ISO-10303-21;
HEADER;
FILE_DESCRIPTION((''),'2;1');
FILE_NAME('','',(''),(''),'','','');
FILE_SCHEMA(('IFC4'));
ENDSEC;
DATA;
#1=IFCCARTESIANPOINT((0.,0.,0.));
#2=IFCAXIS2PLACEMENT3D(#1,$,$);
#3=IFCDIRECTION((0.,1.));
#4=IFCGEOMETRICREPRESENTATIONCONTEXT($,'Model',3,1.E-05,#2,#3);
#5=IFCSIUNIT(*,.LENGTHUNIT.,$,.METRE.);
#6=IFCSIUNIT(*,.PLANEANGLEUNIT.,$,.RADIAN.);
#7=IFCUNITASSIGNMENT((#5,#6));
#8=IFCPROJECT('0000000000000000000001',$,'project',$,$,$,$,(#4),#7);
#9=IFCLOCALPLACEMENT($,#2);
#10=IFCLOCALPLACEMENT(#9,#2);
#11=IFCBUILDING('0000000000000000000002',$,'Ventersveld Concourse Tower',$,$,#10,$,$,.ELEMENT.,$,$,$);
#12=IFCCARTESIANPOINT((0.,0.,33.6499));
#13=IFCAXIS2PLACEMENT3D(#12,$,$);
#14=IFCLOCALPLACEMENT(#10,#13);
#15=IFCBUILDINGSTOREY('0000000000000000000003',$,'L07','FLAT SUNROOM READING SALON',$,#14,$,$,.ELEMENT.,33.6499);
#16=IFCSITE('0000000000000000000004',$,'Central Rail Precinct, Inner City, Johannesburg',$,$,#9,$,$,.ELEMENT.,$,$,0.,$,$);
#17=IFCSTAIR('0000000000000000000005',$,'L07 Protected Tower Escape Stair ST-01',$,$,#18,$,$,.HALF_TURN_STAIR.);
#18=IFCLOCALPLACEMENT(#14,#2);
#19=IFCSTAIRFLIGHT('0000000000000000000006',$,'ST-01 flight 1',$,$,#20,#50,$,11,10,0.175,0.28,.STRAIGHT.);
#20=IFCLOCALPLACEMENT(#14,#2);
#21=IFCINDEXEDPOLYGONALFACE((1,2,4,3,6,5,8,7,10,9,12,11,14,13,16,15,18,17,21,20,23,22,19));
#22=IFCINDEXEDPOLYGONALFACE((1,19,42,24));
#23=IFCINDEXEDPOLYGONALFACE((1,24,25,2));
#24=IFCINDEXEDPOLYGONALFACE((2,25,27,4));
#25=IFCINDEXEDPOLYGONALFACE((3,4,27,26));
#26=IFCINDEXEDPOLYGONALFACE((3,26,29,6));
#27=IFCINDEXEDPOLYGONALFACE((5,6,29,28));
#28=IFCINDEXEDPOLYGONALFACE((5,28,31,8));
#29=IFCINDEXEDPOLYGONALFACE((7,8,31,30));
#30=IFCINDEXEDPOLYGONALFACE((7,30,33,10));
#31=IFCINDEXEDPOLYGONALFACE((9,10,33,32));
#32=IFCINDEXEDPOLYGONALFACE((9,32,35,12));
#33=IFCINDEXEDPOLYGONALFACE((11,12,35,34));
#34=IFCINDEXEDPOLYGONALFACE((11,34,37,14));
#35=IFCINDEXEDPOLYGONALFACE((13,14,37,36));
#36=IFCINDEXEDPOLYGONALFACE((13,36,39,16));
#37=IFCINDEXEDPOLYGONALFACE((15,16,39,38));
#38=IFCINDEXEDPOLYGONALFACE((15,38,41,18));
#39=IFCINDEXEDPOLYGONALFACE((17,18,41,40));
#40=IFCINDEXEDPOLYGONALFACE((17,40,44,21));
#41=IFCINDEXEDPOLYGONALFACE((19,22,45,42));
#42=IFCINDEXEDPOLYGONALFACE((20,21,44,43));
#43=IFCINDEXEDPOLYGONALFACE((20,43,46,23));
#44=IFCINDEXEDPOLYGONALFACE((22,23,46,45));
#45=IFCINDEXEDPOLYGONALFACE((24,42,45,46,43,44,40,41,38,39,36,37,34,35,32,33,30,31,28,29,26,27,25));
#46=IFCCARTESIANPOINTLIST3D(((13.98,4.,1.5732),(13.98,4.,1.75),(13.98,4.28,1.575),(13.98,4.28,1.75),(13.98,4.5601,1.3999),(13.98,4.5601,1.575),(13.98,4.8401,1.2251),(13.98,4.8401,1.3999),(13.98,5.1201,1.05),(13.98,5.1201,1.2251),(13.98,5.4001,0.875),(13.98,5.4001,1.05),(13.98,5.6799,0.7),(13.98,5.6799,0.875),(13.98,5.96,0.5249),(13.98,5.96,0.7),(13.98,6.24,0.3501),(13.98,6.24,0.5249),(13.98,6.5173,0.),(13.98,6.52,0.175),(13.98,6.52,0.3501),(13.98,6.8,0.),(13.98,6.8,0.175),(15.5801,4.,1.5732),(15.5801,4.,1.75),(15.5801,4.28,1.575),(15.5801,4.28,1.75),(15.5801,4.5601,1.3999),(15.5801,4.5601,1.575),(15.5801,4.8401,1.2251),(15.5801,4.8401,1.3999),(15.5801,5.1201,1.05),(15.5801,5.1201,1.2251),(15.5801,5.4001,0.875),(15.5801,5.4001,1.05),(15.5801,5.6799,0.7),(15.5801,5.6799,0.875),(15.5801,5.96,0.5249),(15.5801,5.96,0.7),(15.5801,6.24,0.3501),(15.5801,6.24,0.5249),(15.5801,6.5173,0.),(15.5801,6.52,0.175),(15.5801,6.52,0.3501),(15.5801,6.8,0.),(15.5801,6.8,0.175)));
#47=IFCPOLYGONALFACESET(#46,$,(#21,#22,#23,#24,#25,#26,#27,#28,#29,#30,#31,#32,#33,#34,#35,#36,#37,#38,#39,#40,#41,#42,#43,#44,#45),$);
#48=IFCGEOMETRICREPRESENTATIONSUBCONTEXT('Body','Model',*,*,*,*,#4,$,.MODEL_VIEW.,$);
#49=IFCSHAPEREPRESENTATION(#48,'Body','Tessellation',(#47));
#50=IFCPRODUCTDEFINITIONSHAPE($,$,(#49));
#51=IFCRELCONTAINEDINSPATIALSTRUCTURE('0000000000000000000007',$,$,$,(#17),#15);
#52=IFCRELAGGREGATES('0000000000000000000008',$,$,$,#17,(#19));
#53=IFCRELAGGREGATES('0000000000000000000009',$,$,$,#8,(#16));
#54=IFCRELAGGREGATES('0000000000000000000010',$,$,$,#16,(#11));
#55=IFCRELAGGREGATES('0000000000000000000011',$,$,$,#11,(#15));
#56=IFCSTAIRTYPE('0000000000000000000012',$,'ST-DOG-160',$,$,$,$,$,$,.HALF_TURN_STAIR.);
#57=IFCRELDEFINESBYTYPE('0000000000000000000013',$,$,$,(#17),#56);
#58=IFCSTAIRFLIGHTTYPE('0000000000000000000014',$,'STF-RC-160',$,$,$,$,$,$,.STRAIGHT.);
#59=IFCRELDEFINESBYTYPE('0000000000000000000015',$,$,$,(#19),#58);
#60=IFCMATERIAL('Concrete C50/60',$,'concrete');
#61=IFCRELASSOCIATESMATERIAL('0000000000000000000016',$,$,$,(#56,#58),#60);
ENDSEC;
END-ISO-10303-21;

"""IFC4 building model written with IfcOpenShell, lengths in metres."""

from ifc_helpers import new_model, si_unit, direction, frame, origin, place, context, subcontext, project, spatial, polyline, outline, extrude, material, type_object, element, aggregate, save


model = new_model("IFC4")

# Units and contexts
model_context = context("Model", 3, precision=1e-05, world=origin(), true_north=direction((0.0, 1.0)))
body_context = subcontext(model_context, "Body", "Model", "MODEL_VIEW")
ifc_project = project(units=[si_unit("LENGTHUNIT", "METRE"), si_unit("PLANEANGLEUNIT", "RADIAN")], contexts=[model_context])

# Site, building, storey
site_placement = place(None, origin())
site = spatial("IfcSite", under=ifc_project, at=site_placement, Name="Central Rail Precinct, Inner City, Johannesburg", CompositionType="ELEMENT", RefElevation=0.0)
building_placement = place(site_placement, origin())
building = spatial("IfcBuilding", under=site, at=building_placement, Name="Ventersveld Concourse Tower", CompositionType="ELEMENT")
storey_placement = place(building_placement, frame((0.0, 0.0, 33.6499)))
storey = spatial("IfcBuildingStorey", under=building, at=storey_placement, Name="L07", Description="FLAT SUNROOM READING SALON", CompositionType="ELEMENT", Elevation=33.6499)

# Shared definitions
ifc_material_1 = material(Name="Concrete C50/60", Category="concrete")

# Stair, stair flight
stair_type = type_object("IfcStairType", Name="ST-DOG-160", PredefinedType="HALF_TURN_STAIR", material=ifc_material_1)
stair_placement = place(storey_placement, origin())
stair = element("IfcStair", 1, at=stair_placement, inside=storey, type_object=stair_type, Name="L07 Protected Tower Escape Stair ST-01", PredefinedType="HALF_TURN_STAIR")
stair_flight_type = type_object("IfcStairFlightType", Name="STF-RC-160", PredefinedType="STRAIGHT", material=ifc_material_1)
stair_flight_placement = place(storey_placement, frame((14.78, 6.8, 0.0), z_axis=(0.0, 0.0, 1.0), x_axis=(0.0, -1.0, 0.0)))
stair_flight = element("IfcStairFlight", 2, at=stair_flight_placement, type_object=stair_flight_type, Name="ST-01 flight 1", NumberOfRisers=11, NumberOfTreads=10, PredefinedType="STRAIGHT", RiserHeight=0.175, TreadLength=0.28, context=body_context, shape_type="SweptSolid", body=[
    extrude(outline(polyline([(0.0, 0.0), (0.0, 0.175), (0.28, 0.175), (0.28, 0.3501), (0.5601, 0.3501), (0.5601, 0.5249), (0.8401, 0.5249), (0.8401, 0.7), (1.1201, 0.7), (1.1201, 0.875), (1.3999, 0.875), (1.3999, 1.05), (1.6799, 1.05), (1.6799, 1.2251), (1.96, 1.2251), (1.96, 1.3999), (2.24, 1.3999), (2.24, 1.575), (2.52, 1.575), (2.52, 1.75), (2.8, 1.75), (2.8, 1.925), (2.8, 1.5732), (0.2827, 0.0), (0.0, 0.0)])), frame((0.0, 0.8, 0.0), z_axis=(0.0, -1.0, 0.0), x_axis=(1.0, 0.0, 0.0)), (0.0, 0.0, 1.0), 1.6001),
])
aggregate(stair, [stair_flight])

save(model, "model.ifc")
